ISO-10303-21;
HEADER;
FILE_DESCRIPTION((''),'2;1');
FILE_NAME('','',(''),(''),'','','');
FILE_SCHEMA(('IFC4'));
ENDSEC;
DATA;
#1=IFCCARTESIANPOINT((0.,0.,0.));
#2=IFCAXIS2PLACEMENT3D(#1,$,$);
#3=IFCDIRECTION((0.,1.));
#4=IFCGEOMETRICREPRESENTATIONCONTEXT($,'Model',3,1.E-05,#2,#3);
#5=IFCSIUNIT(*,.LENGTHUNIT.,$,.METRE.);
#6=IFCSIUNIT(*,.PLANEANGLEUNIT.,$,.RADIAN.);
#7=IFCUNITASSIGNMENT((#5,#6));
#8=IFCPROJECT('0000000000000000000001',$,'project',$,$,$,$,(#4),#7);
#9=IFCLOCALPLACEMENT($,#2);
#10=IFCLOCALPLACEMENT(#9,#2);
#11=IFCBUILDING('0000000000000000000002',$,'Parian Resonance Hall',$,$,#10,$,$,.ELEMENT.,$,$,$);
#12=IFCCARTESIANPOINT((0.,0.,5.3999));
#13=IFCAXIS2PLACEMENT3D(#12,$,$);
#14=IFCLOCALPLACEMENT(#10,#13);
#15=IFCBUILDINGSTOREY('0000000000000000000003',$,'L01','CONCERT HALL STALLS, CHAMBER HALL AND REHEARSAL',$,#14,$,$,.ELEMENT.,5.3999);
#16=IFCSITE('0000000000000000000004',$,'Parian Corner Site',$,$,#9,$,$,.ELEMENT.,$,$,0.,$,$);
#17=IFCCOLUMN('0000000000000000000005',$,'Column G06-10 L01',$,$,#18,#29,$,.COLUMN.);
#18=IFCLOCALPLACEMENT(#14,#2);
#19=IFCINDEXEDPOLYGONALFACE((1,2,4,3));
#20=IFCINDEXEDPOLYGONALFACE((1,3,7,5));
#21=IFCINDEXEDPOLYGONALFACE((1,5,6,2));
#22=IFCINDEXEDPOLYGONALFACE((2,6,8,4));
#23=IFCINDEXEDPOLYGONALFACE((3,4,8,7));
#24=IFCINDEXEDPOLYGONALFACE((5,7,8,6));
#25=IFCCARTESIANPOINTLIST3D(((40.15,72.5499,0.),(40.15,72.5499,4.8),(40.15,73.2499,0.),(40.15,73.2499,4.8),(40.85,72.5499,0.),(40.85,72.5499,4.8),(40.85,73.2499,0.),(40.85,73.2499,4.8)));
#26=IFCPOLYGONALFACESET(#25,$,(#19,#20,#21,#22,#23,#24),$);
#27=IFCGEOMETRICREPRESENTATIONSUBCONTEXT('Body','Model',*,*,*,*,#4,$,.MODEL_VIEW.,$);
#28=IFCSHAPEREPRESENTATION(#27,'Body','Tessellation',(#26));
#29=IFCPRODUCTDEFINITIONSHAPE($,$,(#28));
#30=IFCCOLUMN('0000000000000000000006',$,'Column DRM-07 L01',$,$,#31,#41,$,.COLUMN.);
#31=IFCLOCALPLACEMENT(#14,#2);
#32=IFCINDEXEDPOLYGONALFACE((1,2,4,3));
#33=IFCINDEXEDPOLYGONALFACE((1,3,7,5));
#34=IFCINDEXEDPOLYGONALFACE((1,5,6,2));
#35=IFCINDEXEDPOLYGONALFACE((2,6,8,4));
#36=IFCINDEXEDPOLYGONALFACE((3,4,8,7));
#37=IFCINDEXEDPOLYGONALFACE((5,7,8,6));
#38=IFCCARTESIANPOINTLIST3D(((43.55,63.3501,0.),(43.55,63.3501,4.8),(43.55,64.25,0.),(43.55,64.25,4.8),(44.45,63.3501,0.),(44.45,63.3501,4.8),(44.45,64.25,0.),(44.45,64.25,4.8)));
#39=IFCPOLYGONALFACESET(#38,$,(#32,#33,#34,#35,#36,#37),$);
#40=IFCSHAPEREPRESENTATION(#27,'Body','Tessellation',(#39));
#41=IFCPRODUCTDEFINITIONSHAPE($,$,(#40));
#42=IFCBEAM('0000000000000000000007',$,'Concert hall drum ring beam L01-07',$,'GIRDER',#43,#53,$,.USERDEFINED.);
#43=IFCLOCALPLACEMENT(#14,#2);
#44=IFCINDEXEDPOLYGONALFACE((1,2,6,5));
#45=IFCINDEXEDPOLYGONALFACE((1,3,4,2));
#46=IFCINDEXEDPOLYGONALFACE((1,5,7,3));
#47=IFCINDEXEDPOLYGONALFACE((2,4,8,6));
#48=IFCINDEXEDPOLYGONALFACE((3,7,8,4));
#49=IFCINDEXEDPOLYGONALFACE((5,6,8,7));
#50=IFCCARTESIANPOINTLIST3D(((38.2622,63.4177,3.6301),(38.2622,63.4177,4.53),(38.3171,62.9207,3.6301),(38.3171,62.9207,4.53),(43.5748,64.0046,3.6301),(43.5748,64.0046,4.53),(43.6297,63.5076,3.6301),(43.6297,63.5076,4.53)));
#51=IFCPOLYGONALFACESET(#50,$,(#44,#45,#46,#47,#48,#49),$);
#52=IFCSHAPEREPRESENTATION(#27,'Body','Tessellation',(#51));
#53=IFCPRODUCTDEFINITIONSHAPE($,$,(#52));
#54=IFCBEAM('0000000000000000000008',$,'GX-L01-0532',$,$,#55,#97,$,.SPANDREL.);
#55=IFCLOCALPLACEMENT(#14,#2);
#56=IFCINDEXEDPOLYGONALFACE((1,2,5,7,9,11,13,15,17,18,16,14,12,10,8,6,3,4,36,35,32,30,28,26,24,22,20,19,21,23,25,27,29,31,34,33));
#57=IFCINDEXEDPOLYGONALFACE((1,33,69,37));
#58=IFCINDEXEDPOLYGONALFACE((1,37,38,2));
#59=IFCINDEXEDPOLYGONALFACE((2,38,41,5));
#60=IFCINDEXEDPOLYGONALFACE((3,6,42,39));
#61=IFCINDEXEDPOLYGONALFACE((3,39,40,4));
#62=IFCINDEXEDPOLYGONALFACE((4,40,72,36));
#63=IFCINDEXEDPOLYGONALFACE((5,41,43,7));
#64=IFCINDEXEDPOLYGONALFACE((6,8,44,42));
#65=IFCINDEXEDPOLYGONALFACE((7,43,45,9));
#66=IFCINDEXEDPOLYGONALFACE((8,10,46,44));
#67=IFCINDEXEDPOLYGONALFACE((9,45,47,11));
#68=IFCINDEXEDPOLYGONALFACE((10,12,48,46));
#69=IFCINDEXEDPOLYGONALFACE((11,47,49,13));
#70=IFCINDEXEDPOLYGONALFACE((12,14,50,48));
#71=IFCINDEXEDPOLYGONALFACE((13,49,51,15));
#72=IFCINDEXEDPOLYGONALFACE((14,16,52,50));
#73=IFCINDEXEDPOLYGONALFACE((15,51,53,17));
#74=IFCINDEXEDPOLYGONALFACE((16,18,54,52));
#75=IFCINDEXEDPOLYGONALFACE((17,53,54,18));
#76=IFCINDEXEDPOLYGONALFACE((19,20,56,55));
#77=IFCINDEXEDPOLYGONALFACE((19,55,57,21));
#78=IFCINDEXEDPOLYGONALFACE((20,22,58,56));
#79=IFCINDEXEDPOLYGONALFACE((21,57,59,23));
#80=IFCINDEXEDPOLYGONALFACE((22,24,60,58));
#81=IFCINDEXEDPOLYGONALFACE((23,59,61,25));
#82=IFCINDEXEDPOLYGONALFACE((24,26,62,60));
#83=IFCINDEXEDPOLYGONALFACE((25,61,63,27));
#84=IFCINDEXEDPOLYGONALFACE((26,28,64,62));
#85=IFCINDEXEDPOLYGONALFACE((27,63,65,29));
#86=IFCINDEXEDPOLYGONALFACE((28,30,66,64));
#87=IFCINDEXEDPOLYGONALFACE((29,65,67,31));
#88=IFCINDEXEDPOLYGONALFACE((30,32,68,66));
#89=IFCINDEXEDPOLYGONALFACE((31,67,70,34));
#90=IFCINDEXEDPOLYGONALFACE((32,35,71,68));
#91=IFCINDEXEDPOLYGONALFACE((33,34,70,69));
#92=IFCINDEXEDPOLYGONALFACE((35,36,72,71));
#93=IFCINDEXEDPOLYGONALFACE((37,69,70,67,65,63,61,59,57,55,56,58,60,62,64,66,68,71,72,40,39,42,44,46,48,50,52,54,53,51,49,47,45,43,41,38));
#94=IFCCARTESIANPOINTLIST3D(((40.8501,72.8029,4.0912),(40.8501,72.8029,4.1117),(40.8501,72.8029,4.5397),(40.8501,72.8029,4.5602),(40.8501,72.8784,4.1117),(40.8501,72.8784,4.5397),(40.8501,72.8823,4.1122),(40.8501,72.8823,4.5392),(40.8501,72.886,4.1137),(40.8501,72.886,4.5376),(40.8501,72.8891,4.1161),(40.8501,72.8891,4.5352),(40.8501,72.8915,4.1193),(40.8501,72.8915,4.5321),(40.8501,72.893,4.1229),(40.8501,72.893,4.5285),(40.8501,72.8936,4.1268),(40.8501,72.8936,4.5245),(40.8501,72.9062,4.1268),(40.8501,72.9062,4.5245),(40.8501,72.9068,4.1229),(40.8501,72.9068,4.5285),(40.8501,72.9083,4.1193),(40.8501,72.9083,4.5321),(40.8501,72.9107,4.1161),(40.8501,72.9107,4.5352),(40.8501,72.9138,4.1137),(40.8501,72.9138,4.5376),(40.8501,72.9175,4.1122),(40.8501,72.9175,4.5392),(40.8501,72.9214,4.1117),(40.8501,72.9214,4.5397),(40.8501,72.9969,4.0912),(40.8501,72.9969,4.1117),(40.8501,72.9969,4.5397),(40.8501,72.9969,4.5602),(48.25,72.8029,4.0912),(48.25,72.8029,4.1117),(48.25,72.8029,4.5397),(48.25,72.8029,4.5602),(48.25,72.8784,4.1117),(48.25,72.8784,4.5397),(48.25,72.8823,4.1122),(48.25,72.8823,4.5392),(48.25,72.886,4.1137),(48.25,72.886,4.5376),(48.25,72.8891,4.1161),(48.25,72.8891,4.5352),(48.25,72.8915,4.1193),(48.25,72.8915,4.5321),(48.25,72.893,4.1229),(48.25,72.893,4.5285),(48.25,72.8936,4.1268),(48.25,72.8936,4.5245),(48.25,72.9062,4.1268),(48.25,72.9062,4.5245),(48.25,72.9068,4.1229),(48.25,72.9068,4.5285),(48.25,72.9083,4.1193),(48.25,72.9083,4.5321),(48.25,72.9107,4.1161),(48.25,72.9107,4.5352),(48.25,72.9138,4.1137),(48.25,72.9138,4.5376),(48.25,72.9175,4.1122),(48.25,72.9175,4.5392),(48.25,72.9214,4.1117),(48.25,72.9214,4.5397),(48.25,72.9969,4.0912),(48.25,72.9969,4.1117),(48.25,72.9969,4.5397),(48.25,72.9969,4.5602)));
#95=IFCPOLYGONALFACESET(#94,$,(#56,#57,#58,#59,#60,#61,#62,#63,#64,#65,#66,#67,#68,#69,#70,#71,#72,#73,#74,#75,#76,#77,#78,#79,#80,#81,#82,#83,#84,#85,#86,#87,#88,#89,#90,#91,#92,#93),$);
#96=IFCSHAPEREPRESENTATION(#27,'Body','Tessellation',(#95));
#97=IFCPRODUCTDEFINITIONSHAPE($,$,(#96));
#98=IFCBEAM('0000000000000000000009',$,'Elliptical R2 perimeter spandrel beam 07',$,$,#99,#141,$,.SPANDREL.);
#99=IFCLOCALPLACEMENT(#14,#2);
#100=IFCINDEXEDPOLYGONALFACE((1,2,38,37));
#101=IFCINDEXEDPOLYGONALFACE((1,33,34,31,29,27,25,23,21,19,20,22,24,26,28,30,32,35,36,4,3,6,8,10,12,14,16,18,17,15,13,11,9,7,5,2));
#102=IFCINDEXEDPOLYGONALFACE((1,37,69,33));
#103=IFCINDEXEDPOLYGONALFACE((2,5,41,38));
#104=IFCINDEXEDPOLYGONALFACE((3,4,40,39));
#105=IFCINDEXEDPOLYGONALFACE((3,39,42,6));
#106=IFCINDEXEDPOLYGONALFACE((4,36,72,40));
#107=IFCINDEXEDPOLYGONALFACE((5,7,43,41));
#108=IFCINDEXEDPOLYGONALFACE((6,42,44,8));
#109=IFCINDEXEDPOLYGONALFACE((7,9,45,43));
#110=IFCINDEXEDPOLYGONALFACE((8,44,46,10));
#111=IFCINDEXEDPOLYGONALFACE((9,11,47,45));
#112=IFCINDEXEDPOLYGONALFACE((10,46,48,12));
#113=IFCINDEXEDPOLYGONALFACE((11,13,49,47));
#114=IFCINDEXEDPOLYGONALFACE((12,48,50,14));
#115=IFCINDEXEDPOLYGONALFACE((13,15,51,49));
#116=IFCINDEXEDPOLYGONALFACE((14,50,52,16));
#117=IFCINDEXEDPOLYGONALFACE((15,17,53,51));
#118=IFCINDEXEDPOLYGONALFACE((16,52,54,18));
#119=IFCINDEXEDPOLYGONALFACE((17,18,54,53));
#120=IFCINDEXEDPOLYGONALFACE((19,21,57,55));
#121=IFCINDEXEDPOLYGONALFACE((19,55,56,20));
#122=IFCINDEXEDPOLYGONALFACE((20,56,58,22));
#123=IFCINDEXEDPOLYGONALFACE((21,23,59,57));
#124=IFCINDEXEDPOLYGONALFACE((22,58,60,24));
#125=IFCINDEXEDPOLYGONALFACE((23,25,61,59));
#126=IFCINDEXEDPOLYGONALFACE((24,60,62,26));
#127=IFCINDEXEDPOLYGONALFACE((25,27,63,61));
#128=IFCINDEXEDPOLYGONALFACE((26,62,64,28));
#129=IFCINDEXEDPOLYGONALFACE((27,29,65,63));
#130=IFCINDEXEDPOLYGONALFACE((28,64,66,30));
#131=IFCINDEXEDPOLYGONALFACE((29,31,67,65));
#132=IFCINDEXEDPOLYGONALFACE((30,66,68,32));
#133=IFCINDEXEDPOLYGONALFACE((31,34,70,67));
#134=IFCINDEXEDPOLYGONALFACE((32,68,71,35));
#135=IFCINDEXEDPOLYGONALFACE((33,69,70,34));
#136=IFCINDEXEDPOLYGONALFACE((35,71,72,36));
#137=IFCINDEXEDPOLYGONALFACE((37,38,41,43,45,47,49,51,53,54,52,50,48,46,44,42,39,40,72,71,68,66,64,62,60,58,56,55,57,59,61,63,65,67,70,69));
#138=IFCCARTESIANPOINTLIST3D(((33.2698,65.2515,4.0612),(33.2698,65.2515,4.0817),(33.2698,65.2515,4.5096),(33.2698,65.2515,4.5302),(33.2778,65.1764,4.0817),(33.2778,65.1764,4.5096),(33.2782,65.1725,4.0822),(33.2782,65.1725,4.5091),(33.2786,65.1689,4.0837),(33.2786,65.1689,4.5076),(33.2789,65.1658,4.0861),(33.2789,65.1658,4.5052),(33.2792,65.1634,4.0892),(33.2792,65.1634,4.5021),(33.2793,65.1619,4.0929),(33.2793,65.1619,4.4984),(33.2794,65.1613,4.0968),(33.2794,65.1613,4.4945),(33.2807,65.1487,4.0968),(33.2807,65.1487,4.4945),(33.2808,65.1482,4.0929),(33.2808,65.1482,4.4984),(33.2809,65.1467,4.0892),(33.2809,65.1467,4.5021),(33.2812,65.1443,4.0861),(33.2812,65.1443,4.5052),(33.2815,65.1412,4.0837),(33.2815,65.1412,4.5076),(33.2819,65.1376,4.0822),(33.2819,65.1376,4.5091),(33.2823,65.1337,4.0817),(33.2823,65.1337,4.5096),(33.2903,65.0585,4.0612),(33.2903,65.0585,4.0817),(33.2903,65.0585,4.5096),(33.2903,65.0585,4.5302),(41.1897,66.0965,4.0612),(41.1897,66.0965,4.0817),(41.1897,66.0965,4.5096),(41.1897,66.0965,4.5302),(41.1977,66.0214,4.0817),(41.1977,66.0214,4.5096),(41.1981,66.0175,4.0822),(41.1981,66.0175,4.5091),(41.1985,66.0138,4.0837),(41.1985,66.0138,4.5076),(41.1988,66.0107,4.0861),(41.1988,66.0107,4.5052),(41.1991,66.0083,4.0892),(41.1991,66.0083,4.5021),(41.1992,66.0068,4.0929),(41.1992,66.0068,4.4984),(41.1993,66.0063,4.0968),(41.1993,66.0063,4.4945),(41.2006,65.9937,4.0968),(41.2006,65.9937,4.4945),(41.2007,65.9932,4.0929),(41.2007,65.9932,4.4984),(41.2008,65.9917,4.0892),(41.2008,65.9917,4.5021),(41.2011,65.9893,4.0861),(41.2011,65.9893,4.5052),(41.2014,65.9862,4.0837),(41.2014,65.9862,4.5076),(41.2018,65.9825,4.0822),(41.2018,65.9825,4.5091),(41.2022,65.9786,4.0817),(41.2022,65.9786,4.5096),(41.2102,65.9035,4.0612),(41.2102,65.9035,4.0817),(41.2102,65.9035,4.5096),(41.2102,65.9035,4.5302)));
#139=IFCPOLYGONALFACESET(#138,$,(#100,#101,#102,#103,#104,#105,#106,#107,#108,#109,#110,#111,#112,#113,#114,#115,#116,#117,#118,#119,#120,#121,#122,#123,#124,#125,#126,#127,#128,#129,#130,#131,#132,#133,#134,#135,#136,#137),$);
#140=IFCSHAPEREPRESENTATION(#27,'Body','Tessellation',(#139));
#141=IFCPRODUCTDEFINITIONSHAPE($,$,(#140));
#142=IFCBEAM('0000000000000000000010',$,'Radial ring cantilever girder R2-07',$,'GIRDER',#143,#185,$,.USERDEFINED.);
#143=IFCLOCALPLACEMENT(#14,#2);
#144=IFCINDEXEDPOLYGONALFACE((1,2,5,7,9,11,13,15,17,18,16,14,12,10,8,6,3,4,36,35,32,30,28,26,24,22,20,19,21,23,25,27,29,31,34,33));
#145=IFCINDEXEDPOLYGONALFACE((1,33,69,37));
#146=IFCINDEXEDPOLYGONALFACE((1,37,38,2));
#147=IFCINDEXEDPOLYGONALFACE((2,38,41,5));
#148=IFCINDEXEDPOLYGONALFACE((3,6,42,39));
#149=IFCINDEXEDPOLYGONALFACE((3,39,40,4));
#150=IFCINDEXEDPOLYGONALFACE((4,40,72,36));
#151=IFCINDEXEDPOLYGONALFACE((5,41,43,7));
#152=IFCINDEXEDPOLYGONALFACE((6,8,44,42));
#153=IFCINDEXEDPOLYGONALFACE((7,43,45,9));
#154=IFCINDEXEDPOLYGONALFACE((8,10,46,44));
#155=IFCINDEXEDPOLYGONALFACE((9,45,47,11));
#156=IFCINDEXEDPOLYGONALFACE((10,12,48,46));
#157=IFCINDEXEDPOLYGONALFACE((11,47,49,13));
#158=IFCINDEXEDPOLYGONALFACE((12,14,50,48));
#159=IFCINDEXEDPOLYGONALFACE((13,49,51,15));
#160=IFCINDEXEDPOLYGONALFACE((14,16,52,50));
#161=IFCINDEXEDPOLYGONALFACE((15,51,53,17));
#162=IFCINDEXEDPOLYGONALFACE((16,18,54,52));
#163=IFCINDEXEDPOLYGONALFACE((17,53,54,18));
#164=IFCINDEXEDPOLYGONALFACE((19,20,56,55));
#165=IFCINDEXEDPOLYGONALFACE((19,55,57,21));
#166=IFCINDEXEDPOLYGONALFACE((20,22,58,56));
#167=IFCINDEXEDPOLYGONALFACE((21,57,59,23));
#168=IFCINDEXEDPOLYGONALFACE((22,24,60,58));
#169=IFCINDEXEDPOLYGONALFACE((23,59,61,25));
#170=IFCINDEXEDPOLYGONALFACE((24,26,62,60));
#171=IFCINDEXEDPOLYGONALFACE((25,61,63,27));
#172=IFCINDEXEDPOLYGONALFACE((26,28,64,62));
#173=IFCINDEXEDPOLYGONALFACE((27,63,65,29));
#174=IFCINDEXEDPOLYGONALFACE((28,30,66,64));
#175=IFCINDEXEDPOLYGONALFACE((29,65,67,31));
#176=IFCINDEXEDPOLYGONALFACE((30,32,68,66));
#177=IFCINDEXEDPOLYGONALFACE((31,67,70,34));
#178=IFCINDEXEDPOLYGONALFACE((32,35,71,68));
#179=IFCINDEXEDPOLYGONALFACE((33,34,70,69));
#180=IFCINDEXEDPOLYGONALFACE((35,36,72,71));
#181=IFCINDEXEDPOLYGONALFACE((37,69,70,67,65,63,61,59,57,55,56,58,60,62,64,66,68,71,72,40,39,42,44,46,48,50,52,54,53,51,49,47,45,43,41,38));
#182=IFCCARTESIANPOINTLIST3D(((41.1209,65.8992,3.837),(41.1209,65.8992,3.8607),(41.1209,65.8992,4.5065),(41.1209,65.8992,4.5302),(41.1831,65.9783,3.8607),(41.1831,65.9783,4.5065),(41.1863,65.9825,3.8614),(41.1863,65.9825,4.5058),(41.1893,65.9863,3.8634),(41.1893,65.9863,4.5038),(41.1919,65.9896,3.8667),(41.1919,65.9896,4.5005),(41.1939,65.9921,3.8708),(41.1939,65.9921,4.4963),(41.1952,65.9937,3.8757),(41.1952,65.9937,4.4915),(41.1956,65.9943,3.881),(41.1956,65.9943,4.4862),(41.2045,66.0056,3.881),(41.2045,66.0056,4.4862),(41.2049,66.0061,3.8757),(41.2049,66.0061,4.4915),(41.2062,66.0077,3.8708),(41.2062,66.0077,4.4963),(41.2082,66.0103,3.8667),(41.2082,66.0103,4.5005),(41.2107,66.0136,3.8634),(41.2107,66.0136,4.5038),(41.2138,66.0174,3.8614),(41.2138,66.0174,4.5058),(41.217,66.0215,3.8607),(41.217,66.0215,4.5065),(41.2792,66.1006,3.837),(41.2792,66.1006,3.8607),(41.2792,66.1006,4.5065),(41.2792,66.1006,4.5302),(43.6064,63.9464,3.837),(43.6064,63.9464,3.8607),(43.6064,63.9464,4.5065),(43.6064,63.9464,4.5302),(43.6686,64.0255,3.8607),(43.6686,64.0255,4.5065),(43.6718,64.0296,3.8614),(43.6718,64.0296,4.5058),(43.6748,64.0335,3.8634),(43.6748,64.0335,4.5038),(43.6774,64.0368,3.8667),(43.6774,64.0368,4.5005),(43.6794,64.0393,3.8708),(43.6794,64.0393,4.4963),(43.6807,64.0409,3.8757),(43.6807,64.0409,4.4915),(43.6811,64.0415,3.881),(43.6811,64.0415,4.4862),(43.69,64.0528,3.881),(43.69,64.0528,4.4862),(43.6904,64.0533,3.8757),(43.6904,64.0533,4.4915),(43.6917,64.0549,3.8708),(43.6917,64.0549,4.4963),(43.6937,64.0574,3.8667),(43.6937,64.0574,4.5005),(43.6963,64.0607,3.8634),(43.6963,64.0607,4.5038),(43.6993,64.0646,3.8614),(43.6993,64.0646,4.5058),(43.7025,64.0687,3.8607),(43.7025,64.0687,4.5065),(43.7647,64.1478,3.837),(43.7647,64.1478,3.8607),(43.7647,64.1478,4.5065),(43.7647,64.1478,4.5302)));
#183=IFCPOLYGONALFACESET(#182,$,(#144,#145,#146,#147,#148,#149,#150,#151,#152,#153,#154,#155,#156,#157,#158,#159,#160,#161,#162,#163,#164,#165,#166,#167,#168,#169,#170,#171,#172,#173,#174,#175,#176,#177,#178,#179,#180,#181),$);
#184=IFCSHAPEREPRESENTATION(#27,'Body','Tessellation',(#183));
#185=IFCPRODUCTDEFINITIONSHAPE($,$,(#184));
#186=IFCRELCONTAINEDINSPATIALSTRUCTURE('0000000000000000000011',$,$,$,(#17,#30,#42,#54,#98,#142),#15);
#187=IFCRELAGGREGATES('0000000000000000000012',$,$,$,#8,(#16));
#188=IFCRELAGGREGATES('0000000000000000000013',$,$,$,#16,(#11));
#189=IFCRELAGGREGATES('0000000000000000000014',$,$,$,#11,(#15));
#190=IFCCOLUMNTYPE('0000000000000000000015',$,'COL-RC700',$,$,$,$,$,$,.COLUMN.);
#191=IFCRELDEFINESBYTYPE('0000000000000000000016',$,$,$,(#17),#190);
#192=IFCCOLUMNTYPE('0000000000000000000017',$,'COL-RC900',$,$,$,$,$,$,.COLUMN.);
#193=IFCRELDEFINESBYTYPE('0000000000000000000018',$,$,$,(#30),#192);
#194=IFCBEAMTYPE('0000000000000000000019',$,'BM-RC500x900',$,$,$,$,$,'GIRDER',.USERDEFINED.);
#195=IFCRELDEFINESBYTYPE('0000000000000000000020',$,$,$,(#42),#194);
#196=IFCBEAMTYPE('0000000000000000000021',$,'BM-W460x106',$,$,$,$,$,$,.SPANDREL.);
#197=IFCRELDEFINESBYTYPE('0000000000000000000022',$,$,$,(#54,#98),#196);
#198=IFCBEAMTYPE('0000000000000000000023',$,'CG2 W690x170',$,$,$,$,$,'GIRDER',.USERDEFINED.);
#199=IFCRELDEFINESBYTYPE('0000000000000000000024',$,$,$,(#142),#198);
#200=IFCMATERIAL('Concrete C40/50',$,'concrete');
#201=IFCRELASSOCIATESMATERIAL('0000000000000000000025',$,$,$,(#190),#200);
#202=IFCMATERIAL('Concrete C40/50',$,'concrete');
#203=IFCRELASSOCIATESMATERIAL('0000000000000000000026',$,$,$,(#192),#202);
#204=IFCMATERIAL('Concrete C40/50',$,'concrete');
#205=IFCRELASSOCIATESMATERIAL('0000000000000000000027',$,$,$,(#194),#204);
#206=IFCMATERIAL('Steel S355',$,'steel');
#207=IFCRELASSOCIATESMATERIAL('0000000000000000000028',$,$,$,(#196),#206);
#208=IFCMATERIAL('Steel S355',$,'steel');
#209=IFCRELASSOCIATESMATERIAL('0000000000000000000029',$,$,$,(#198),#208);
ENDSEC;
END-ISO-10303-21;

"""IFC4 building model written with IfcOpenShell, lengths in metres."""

from ifc_helpers import new_model, si_unit, direction, frame, origin, origin_2d, place, context, subcontext, project, spatial, rectangle, i_section, extrude, material, material_profile, profile_set, type_object, element, save


model = new_model("IFC4")

# Units and contexts
model_context = context("Model", 3, precision=1e-05, world=origin(), true_north=direction((0.0, 1.0)))
body_context = subcontext(model_context, "Body", "Model", "MODEL_VIEW")
ifc_project = project(units=[si_unit("LENGTHUNIT", "METRE"), si_unit("PLANEANGLEUNIT", "RADIAN")], contexts=[model_context])

# Site, building, storey
site_placement = place(None, origin())
site = spatial("IfcSite", under=ifc_project, at=site_placement, Name="Parian Corner Site", CompositionType="ELEMENT", RefElevation=0.0)
building_placement = place(site_placement, origin())
building = spatial("IfcBuilding", under=site, at=building_placement, Name="Parian Resonance Hall", CompositionType="ELEMENT")
storey_placement = place(building_placement, frame((0.0, 0.0, 5.3999)))
storey = spatial("IfcBuildingStorey", under=building, at=storey_placement, Name="L01", Description="CONCERT HALL STALLS, CHAMBER HALL AND REHEARSAL", CompositionType="ELEMENT", Elevation=5.3999)

# Columns
ifc_material_1 = material(Name="Concrete C40/50", Category="concrete")
ifc_material_profile_1 = material_profile(ifc_material_1, rectangle(XDim=0.7, YDim=0.7, at=origin_2d()), Name="RC-COL-700x700")
ifc_profile_set_1 = profile_set([ifc_material_profile_1], Name="Concrete C40/50")
column_type_1 = type_object("IfcColumnType", Name="COL-RC700", PredefinedType="COLUMN", material=ifc_profile_set_1)
column_1_placement = place(storey_placement, frame((40.5, 72.8999, 0.0), z_axis=(0.0, 0.0, 1.0), x_axis=(1.0, 0.0, 0.0)))
element("IfcColumn", 1, at=column_1_placement, inside=storey, type_object=column_type_1, Name="Column G06-10 L01", PredefinedType="COLUMN", context=body_context, shape_type="SweptSolid", body=[
    extrude(rectangle(XDim=0.7, YDim=0.7, at=origin_2d()), origin(), (0.0, 0.0, 1.0), 4.8),
])
ifc_material_2 = material(Name="Concrete C40/50", Category="concrete")
ifc_material_profile_2 = material_profile(ifc_material_2, rectangle(XDim=0.8999, YDim=0.8999, at=origin_2d()), Name="RC-COL-900x900")
ifc_profile_set_2 = profile_set([ifc_material_profile_2], Name="Concrete C40/50")
column_type_2 = type_object("IfcColumnType", Name="COL-RC900", PredefinedType="COLUMN", material=ifc_profile_set_2)
column_2_placement = place(storey_placement, frame((44.0, 63.8, 0.0), z_axis=(0.0, 0.0, 1.0), x_axis=(1.0, 0.0, 0.0)))
element("IfcColumn", 2, at=column_2_placement, inside=storey, type_object=column_type_2, Name="Column DRM-07 L01", PredefinedType="COLUMN", context=body_context, shape_type="SweptSolid", body=[
    extrude(rectangle(XDim=0.8999, YDim=0.8999, at=origin_2d()), origin(), (0.0, 0.0, 1.0), 4.8),
])

# Beams
ifc_material_3 = material(Name="Concrete C40/50", Category="concrete")
ifc_material_profile_3 = material_profile(ifc_material_3, rectangle(XDim=0.5, YDim=0.8999, at=origin_2d()), Name="RC-BM-500x900")
ifc_profile_set_3 = profile_set([ifc_material_profile_3], Name="Concrete C40/50")
beam_type_1 = type_object("IfcBeamType", Name="BM-RC500x900", ElementType="GIRDER", PredefinedType="USERDEFINED", material=ifc_profile_set_3)
beam_1_placement = place(storey_placement, frame((43.6023, 63.7561, 4.0801), z_axis=(-0.993953, -0.109805, 0.0), x_axis=(0.109805, -0.993953, 0.0)))
element("IfcBeam", 3, at=beam_1_placement, inside=storey, type_object=beam_type_1, Name="Concert hall drum ring beam L01-07", ObjectType="GIRDER", PredefinedType="USERDEFINED", context=body_context, shape_type="SweptSolid", body=[
    extrude(rectangle(XDim=0.5, YDim=0.8999, at=origin_2d()), origin(), (0.0, 0.0, 1.0), 5.345),
])
ifc_material_4 = material(Name="Steel S355", Category="steel")
ifc_material_profile_4 = material_profile(ifc_material_4, i_section(OverallWidth=0.1941, OverallDepth=0.469, WebThickness=0.0127, FlangeThickness=0.0205, FilletRadius=0.0151, at=origin_2d()), Name="W460x106")
ifc_profile_set_4 = profile_set([ifc_material_profile_4], Name="Steel S355")
beam_type_2 = type_object("IfcBeamType", Name="BM-W460x106", PredefinedType="SPANDREL", material=ifc_profile_set_4)
beam_2_placement = place(storey_placement, frame((40.8501, 72.8999, 4.3257), z_axis=(1.0, 0.0, 0.0), x_axis=(0.0, 1.0, 0.0)))
element("IfcBeam", 4, at=beam_2_placement, inside=storey, type_object=beam_type_2, Name="GX-L01-0532", PredefinedType="SPANDREL", context=body_context, shape_type="SweptSolid", body=[
    extrude(i_section(OverallWidth=0.1941, OverallDepth=0.469, WebThickness=0.0127, FlangeThickness=0.0205, FilletRadius=0.0151, at=origin_2d()), origin(), (0.0, 0.0, 1.0), 7.3999),
])
beam_3_placement = place(storey_placement, frame((41.2, 66.0, 4.2957), z_axis=(-0.994357, -0.106087, 0.0), x_axis=(0.106087, -0.994357, 0.0)))
element("IfcBeam", 5, at=beam_3_placement, inside=storey, type_object=beam_type_2, Name="Elliptical R2 perimeter spandrel beam 07", PredefinedType="SPANDREL", context=body_context, shape_type="SweptSolid", body=[
    extrude(i_section(OverallWidth=0.1941, OverallDepth=0.469, WebThickness=0.0127, FlangeThickness=0.0205, FilletRadius=0.0151, at=origin_2d()), origin(), (0.0, 0.0, 1.0), 7.9648),
])
ifc_material_5 = material(Name="Steel S355", Category="steel")
ifc_material_profile_5 = material_profile(ifc_material_5, i_section(OverallWidth=0.2561, OverallDepth=0.6931, WebThickness=0.0144, FlangeThickness=0.0237, FilletRadius=0.0203, at=origin_2d()), Name="W690x170")
ifc_profile_set_5 = profile_set([ifc_material_profile_5], Name="Steel S355")
beam_type_3 = type_object("IfcBeamType", Name="CG2 W690x170", ElementType="GIRDER", PredefinedType="USERDEFINED", material=ifc_profile_set_5)
beam_4_placement = place(storey_placement, frame((43.6855, 64.0471, 4.1836), z_axis=(-0.786332, 0.617804, 0.0), x_axis=(-0.617804, -0.786332, 0.0)))
element("IfcBeam", 6, at=beam_4_placement, inside=storey, type_object=beam_type_3, Name="Radial ring cantilever girder R2-07", ObjectType="GIRDER", PredefinedType="USERDEFINED", context=body_context, shape_type="SweptSolid", body=[
    extrude(i_section(OverallWidth=0.2561, OverallDepth=0.6931, WebThickness=0.0144, FlangeThickness=0.0237, FilletRadius=0.0203, at=origin_2d()), origin(), (0.0, 0.0, 1.0), 3.1609),
])

save(model, "model.ifc")
